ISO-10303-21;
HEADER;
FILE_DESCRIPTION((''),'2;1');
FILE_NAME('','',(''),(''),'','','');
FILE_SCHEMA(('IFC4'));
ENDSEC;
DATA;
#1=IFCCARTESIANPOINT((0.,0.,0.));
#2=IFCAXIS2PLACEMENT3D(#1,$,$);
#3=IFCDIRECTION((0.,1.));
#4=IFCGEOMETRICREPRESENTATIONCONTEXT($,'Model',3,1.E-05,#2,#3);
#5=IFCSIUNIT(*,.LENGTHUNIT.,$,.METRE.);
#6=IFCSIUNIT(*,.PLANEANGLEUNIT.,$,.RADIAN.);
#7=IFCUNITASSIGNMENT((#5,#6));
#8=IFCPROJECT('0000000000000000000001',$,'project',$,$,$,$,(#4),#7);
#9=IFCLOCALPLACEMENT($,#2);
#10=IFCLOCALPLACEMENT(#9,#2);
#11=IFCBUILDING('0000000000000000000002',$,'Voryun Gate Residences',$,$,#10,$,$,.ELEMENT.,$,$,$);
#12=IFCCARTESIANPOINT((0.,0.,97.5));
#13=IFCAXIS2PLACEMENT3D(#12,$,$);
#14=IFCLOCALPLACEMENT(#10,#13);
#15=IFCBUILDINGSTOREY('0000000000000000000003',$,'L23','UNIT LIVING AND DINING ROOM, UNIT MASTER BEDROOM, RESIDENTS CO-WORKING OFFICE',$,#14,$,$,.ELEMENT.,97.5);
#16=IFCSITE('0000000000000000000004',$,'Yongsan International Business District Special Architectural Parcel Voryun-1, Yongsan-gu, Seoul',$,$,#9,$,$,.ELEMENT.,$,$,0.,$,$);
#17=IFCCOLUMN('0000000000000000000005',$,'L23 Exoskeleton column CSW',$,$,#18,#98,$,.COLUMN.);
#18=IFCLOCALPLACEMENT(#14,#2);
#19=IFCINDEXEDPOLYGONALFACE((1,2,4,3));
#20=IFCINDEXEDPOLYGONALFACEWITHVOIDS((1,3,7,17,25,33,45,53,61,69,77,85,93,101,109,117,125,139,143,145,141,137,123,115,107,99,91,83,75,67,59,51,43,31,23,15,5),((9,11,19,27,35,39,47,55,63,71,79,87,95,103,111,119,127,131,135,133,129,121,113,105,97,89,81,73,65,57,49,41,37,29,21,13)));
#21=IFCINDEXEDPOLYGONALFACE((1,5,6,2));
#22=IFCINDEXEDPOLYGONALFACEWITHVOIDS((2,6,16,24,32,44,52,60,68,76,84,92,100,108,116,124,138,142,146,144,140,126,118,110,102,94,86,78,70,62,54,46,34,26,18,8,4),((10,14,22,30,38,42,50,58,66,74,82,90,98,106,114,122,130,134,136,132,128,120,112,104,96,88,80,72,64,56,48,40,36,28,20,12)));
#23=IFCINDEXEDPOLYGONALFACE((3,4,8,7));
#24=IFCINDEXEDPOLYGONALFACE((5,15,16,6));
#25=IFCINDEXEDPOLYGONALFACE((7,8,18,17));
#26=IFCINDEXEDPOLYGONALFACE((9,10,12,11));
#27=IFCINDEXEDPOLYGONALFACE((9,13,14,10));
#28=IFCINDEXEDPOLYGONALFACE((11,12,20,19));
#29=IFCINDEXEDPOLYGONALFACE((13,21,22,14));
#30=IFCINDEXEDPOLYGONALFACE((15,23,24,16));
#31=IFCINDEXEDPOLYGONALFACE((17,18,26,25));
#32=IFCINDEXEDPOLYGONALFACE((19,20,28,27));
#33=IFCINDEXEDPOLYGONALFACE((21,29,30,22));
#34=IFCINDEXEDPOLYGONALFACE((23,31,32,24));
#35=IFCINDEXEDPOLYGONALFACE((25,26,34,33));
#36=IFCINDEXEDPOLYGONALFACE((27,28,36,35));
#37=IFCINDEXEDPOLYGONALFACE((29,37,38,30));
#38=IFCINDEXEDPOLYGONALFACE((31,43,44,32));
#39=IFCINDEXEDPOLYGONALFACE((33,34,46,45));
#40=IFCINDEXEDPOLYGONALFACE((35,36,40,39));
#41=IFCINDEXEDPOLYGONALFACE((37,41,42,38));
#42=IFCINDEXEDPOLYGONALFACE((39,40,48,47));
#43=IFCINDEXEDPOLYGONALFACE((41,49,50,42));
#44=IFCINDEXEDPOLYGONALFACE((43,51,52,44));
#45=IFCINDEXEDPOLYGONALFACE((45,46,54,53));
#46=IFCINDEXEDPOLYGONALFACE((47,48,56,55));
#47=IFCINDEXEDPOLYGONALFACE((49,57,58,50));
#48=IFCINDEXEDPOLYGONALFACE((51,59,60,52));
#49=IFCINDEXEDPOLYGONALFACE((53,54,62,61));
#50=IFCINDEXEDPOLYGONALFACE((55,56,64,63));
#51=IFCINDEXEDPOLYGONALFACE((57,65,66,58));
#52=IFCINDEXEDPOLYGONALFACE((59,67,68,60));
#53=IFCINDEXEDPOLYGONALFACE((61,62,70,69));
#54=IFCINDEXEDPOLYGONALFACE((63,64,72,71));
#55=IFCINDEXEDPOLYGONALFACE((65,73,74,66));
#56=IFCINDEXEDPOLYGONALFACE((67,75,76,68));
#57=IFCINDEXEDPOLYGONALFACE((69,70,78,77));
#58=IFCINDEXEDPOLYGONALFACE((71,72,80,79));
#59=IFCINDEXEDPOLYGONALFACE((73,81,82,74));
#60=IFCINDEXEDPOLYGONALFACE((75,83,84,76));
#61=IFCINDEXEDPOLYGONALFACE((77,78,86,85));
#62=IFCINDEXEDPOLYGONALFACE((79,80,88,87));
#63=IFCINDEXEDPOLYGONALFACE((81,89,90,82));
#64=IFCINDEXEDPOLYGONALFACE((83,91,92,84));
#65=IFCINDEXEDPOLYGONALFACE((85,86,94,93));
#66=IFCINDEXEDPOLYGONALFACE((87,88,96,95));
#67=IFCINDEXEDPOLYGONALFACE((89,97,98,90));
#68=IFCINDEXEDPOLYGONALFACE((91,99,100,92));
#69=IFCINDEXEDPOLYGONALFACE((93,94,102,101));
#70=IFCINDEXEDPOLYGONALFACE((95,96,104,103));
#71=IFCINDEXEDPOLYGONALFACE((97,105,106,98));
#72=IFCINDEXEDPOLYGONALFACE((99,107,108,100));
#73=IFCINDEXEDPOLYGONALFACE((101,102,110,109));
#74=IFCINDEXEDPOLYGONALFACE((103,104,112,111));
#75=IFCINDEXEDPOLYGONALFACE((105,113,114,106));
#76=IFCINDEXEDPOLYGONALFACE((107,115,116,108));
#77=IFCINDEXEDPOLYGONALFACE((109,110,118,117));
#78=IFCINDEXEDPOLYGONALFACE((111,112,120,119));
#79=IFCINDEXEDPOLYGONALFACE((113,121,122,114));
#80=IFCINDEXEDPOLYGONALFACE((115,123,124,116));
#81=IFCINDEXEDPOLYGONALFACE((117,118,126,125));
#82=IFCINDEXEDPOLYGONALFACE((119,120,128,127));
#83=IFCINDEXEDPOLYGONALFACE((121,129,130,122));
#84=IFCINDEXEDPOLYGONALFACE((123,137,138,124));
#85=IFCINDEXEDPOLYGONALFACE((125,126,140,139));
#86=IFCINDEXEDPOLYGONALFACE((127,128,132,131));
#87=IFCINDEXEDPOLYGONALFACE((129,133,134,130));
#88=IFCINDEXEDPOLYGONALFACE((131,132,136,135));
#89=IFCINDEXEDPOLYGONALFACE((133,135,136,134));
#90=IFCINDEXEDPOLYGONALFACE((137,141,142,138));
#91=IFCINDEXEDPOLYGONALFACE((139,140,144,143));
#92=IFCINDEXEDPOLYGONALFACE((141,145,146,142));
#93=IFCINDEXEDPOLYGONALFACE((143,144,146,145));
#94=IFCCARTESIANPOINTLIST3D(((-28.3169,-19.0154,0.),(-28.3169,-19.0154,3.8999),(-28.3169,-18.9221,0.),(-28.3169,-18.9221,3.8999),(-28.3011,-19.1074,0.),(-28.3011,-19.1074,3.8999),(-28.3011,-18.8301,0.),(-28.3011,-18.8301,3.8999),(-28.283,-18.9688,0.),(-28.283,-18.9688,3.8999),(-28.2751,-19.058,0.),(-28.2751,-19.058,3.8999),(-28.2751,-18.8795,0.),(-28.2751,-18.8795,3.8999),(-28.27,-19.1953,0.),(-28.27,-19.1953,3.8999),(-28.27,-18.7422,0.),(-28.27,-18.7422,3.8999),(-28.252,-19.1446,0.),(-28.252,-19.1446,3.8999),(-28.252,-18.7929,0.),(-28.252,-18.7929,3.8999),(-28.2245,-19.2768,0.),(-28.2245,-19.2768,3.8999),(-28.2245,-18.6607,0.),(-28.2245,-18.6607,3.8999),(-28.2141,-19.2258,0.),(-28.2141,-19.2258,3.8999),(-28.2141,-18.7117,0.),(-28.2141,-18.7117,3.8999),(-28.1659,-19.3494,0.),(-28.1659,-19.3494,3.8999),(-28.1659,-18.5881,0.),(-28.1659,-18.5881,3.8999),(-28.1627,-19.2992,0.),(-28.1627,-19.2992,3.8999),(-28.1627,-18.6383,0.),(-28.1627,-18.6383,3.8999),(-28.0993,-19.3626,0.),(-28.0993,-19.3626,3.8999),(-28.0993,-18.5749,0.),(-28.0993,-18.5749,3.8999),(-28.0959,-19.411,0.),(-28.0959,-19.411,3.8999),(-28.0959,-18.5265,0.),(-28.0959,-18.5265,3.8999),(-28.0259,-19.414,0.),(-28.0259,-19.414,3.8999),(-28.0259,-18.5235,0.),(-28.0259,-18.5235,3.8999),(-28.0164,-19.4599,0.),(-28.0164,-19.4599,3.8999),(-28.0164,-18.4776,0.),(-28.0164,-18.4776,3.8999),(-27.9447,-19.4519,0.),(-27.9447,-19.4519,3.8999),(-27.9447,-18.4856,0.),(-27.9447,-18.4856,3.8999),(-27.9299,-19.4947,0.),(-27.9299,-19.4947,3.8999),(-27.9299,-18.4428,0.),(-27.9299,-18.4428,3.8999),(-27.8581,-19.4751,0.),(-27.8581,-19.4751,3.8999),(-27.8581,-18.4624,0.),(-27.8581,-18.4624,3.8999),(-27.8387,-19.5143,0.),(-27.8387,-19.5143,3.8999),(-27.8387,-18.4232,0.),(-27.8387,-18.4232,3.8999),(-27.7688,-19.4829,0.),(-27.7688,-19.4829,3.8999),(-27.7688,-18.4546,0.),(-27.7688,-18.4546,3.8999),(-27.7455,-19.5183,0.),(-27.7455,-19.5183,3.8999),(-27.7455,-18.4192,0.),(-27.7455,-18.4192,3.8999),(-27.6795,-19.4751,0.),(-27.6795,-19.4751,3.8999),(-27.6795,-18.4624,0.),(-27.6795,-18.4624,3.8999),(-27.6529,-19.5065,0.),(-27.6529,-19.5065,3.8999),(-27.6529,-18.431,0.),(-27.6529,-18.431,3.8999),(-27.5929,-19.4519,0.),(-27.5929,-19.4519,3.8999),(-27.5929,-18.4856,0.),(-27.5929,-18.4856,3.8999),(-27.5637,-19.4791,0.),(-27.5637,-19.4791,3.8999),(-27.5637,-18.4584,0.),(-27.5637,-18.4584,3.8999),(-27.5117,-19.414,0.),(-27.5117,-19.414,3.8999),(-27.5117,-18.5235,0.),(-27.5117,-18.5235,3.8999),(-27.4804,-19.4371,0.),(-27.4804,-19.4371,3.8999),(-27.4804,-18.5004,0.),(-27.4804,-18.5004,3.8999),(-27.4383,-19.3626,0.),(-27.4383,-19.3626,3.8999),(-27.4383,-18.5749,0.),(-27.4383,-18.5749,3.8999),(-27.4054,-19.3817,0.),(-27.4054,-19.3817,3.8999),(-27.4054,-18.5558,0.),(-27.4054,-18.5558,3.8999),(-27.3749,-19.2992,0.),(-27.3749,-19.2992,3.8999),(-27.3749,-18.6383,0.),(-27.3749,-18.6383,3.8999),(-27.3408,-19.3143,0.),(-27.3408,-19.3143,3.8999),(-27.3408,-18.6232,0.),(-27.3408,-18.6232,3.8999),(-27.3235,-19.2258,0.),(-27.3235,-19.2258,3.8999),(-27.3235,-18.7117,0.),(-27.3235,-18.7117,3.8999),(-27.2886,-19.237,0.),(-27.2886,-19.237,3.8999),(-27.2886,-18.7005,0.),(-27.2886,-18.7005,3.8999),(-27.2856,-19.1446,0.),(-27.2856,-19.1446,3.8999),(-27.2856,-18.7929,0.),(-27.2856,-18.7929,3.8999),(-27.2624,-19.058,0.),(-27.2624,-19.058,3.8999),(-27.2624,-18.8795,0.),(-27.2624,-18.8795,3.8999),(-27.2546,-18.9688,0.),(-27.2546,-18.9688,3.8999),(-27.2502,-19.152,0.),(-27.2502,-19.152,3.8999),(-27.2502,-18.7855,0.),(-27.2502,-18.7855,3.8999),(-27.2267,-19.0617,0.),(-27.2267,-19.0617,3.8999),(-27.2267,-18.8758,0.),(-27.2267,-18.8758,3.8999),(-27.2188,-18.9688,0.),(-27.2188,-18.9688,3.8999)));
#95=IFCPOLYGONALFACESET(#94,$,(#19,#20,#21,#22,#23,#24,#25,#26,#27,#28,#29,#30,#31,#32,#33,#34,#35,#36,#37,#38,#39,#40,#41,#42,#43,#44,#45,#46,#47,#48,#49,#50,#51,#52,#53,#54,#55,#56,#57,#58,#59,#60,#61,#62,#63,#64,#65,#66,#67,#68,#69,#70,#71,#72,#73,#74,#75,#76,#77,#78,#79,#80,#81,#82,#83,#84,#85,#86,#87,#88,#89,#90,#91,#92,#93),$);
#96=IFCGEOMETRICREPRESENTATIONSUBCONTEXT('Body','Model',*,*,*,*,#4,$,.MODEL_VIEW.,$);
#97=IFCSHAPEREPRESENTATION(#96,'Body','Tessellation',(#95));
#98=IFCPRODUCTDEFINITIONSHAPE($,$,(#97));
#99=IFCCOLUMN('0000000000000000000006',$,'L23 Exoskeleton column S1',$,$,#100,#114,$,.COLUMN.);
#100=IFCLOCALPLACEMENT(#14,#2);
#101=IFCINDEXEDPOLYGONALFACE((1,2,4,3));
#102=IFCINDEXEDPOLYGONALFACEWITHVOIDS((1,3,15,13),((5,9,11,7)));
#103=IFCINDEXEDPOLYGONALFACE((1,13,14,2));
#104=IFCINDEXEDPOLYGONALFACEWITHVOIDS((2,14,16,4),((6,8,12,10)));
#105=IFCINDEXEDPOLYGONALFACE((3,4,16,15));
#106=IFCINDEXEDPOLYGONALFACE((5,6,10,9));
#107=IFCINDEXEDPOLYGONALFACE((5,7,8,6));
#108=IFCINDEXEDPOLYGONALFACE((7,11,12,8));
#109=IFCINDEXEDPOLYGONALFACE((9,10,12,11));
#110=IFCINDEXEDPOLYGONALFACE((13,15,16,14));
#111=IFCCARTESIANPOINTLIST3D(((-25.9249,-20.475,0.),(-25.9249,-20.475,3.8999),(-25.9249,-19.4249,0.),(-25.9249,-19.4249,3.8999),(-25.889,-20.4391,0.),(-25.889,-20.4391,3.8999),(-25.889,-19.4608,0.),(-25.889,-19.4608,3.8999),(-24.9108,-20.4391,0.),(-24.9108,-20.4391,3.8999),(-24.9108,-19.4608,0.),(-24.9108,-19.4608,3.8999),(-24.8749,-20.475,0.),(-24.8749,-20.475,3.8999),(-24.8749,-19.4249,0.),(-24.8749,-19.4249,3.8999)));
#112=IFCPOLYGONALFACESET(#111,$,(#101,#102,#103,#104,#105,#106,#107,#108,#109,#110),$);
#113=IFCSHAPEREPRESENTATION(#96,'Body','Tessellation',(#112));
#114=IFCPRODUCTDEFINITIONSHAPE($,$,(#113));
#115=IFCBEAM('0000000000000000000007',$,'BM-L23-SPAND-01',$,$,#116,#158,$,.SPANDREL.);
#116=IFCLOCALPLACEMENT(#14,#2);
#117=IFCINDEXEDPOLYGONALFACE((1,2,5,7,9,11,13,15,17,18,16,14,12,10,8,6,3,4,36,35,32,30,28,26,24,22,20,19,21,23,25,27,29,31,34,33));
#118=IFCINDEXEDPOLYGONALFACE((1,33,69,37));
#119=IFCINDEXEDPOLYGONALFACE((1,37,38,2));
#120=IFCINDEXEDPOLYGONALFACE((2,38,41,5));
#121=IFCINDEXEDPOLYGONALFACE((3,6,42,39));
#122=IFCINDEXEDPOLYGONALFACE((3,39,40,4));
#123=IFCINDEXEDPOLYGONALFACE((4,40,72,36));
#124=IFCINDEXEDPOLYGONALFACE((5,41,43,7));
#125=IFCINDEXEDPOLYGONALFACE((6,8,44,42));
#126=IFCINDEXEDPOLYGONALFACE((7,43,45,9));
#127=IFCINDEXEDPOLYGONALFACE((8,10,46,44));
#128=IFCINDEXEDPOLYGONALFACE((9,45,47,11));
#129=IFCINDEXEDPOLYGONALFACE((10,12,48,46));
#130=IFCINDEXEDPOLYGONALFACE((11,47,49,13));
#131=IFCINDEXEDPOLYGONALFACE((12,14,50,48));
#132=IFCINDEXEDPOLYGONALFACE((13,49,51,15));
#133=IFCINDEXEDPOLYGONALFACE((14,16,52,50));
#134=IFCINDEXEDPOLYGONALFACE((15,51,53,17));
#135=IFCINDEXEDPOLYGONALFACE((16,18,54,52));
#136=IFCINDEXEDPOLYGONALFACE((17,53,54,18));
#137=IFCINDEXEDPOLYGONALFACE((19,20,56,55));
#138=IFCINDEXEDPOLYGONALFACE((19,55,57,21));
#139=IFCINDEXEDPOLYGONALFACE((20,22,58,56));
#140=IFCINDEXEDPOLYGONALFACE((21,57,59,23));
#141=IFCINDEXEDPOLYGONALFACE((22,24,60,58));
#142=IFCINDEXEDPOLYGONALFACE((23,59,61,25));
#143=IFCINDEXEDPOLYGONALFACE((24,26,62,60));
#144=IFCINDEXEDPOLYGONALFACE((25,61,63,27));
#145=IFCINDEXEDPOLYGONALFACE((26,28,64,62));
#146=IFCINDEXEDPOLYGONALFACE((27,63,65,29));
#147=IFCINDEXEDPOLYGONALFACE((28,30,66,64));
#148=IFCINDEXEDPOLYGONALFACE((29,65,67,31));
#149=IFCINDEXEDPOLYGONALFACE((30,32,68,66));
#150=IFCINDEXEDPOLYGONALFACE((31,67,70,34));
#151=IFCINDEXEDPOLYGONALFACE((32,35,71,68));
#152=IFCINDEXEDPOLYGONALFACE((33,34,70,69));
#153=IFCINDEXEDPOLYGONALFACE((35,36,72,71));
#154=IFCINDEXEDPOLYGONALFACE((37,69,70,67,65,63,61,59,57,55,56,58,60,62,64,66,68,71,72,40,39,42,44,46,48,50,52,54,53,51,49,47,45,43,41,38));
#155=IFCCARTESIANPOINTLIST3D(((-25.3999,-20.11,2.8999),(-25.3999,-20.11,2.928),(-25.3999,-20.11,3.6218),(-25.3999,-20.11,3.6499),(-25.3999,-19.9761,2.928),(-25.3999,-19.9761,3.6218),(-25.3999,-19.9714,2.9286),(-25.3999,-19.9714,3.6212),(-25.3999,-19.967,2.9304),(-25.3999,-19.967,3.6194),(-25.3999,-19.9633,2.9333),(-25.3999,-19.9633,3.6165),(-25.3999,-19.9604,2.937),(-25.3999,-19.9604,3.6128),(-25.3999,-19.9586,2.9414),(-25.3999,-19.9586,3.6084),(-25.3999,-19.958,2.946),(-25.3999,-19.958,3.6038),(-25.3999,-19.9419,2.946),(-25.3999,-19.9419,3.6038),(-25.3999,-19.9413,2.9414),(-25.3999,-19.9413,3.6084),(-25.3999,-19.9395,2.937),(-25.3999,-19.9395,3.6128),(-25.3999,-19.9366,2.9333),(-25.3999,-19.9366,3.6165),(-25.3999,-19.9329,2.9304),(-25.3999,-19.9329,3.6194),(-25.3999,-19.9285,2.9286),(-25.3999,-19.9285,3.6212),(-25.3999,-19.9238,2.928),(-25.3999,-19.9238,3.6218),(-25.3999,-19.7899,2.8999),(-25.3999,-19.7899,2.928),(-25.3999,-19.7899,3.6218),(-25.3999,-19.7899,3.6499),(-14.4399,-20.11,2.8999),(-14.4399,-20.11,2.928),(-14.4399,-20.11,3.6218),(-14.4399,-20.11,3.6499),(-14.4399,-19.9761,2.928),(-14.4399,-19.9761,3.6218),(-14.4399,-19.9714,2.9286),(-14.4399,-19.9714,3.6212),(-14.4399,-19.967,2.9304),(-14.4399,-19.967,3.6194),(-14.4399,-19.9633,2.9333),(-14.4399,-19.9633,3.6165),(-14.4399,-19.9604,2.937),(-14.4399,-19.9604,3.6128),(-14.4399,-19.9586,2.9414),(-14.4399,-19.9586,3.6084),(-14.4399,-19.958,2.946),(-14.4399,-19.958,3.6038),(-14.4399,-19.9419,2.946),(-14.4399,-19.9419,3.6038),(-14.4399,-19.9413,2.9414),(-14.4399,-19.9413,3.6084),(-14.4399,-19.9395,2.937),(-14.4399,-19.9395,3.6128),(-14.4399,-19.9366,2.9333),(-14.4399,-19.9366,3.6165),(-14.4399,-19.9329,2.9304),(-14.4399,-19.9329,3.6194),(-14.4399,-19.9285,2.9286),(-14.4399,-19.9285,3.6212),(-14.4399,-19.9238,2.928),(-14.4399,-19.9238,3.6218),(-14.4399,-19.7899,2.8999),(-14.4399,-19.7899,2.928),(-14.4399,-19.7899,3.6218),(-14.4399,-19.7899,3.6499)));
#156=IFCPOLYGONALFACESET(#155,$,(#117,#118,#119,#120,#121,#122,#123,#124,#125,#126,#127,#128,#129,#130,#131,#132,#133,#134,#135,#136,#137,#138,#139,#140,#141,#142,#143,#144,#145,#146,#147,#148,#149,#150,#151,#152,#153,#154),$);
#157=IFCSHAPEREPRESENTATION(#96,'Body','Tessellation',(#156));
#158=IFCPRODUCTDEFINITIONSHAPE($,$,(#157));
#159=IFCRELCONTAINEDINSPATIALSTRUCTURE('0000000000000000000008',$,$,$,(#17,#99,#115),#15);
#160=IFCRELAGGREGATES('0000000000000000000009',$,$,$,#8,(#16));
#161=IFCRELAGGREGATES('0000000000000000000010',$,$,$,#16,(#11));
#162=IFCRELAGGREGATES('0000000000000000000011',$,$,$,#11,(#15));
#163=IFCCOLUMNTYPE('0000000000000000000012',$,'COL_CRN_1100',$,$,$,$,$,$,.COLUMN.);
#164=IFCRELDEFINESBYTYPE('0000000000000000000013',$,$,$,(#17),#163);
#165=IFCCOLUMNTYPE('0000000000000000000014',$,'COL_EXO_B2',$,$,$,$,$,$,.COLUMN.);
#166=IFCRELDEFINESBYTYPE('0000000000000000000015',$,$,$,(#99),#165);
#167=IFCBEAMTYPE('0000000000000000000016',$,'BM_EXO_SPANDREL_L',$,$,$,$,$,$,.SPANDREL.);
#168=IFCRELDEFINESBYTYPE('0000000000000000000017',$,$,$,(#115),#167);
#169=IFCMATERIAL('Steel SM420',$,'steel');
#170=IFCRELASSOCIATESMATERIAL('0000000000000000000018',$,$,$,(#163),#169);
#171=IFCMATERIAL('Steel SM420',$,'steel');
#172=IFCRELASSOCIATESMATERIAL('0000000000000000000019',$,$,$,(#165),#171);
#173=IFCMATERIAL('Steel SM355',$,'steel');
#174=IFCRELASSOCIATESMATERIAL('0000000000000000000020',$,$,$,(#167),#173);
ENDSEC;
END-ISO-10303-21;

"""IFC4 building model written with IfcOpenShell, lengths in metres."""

from ifc_helpers import new_model, si_unit, direction, frame, origin, origin_2d, place, context, subcontext, project, spatial, hollow_rectangle, hollow_circle, i_section, extrude, material, material_profile, profile_set, type_object, element, save


model = new_model("IFC4")

# Units and contexts
model_context = context("Model", 3, precision=1e-05, world=origin(), true_north=direction((0.0, 1.0)))
body_context = subcontext(model_context, "Body", "Model", "MODEL_VIEW")
ifc_project = project(units=[si_unit("LENGTHUNIT", "METRE"), si_unit("PLANEANGLEUNIT", "RADIAN")], contexts=[model_context])

# Site, building, storey
site_placement = place(None, origin())
site = spatial("IfcSite", under=ifc_project, at=site_placement, Name="Yongsan International Business District Special Architectural Parcel Voryun-1, Yongsan-gu, Seoul", CompositionType="ELEMENT", RefElevation=0.0)
building_placement = place(site_placement, origin())
building = spatial("IfcBuilding", under=site, at=building_placement, Name="Voryun Gate Residences", CompositionType="ELEMENT")
storey_placement = place(building_placement, frame((0.0, 0.0, 97.5)))
storey = spatial("IfcBuildingStorey", under=building, at=storey_placement, Name="L23", Description="UNIT LIVING AND DINING ROOM, UNIT MASTER BEDROOM, RESIDENTS CO-WORKING OFFICE", CompositionType="ELEMENT", Elevation=97.5)

# Columns
ifc_material_1 = material(Name="Steel SM420", Category="steel")
ifc_material_profile_1 = material_profile(ifc_material_1, hollow_circle(Radius=0.55, WallThickness=0.0359, at=origin_2d()), Name="CHS-1100x36")
ifc_profile_set_1 = profile_set([ifc_material_profile_1], Name="Steel SM420")
column_type_1 = type_object("IfcColumnType", Name="COL_CRN_1100", PredefinedType="COLUMN", material=ifc_profile_set_1)
column_1_placement = place(storey_placement, frame((-27.7688, -18.9688, 0.0), z_axis=(0.0, 0.0, 1.0), x_axis=(1.0, 0.0, 0.0)))
element("IfcColumn", 1, at=column_1_placement, inside=storey, type_object=column_type_1, Name="L23 Exoskeleton column CSW", PredefinedType="COLUMN", context=body_context, shape_type="SweptSolid", body=[
    extrude(hollow_circle(Radius=0.55, WallThickness=0.0359, at=origin_2d()), origin(), (0.0, 0.0, 1.0), 3.8999),
])
ifc_material_2 = material(Name="Steel SM420", Category="steel")
ifc_material_profile_2 = material_profile(ifc_material_2, hollow_rectangle(XDim=1.05, YDim=1.05, WallThickness=0.0359, at=origin_2d()), Name="BOX-1050x1050x36")
ifc_profile_set_2 = profile_set([ifc_material_profile_2], Name="Steel SM420")
column_type_2 = type_object("IfcColumnType", Name="COL_EXO_B2", PredefinedType="COLUMN", material=ifc_profile_set_2)
column_2_placement = place(storey_placement, frame((-25.3999, -19.95, 0.0), z_axis=(0.0, 0.0, 1.0), x_axis=(1.0, 0.0, 0.0)))
element("IfcColumn", 2, at=column_2_placement, inside=storey, type_object=column_type_2, Name="L23 Exoskeleton column S1", PredefinedType="COLUMN", context=body_context, shape_type="SweptSolid", body=[
    extrude(hollow_rectangle(XDim=1.05, YDim=1.05, WallThickness=0.0359, at=origin_2d()), origin(), (0.0, 0.0, 1.0), 3.8999),
])

# Beam
ifc_material_3 = material(Name="Steel SM355", Category="steel")
ifc_material_profile_3 = material_profile(ifc_material_3, i_section(OverallWidth=0.3201, OverallDepth=0.75, WebThickness=0.0161, FlangeThickness=0.0281, FilletRadius=0.0181, at=origin_2d()), Name="H-750x320x16x28")
ifc_profile_set_3 = profile_set([ifc_material_profile_3], Name="Steel SM355")
beam_type = type_object("IfcBeamType", Name="BM_EXO_SPANDREL_L", PredefinedType="SPANDREL", material=ifc_profile_set_3)
beam_1_placement = place(storey_placement, frame((-25.3999, -19.95, 3.2749), z_axis=(1.0, 0.0, 0.0), x_axis=(0.0, 1.0, 0.0)))
element("IfcBeam", 3, at=beam_1_placement, inside=storey, type_object=beam_type, Name="BM-L23-SPAND-01", PredefinedType="SPANDREL", context=body_context, shape_type="SweptSolid", body=[
    extrude(i_section(OverallWidth=0.3201, OverallDepth=0.75, WebThickness=0.0161, FlangeThickness=0.0281, FilletRadius=0.0181, at=origin_2d()), origin(), (0.0, 0.0, 1.0), 10.96),
])

save(model, "model.ifc")
